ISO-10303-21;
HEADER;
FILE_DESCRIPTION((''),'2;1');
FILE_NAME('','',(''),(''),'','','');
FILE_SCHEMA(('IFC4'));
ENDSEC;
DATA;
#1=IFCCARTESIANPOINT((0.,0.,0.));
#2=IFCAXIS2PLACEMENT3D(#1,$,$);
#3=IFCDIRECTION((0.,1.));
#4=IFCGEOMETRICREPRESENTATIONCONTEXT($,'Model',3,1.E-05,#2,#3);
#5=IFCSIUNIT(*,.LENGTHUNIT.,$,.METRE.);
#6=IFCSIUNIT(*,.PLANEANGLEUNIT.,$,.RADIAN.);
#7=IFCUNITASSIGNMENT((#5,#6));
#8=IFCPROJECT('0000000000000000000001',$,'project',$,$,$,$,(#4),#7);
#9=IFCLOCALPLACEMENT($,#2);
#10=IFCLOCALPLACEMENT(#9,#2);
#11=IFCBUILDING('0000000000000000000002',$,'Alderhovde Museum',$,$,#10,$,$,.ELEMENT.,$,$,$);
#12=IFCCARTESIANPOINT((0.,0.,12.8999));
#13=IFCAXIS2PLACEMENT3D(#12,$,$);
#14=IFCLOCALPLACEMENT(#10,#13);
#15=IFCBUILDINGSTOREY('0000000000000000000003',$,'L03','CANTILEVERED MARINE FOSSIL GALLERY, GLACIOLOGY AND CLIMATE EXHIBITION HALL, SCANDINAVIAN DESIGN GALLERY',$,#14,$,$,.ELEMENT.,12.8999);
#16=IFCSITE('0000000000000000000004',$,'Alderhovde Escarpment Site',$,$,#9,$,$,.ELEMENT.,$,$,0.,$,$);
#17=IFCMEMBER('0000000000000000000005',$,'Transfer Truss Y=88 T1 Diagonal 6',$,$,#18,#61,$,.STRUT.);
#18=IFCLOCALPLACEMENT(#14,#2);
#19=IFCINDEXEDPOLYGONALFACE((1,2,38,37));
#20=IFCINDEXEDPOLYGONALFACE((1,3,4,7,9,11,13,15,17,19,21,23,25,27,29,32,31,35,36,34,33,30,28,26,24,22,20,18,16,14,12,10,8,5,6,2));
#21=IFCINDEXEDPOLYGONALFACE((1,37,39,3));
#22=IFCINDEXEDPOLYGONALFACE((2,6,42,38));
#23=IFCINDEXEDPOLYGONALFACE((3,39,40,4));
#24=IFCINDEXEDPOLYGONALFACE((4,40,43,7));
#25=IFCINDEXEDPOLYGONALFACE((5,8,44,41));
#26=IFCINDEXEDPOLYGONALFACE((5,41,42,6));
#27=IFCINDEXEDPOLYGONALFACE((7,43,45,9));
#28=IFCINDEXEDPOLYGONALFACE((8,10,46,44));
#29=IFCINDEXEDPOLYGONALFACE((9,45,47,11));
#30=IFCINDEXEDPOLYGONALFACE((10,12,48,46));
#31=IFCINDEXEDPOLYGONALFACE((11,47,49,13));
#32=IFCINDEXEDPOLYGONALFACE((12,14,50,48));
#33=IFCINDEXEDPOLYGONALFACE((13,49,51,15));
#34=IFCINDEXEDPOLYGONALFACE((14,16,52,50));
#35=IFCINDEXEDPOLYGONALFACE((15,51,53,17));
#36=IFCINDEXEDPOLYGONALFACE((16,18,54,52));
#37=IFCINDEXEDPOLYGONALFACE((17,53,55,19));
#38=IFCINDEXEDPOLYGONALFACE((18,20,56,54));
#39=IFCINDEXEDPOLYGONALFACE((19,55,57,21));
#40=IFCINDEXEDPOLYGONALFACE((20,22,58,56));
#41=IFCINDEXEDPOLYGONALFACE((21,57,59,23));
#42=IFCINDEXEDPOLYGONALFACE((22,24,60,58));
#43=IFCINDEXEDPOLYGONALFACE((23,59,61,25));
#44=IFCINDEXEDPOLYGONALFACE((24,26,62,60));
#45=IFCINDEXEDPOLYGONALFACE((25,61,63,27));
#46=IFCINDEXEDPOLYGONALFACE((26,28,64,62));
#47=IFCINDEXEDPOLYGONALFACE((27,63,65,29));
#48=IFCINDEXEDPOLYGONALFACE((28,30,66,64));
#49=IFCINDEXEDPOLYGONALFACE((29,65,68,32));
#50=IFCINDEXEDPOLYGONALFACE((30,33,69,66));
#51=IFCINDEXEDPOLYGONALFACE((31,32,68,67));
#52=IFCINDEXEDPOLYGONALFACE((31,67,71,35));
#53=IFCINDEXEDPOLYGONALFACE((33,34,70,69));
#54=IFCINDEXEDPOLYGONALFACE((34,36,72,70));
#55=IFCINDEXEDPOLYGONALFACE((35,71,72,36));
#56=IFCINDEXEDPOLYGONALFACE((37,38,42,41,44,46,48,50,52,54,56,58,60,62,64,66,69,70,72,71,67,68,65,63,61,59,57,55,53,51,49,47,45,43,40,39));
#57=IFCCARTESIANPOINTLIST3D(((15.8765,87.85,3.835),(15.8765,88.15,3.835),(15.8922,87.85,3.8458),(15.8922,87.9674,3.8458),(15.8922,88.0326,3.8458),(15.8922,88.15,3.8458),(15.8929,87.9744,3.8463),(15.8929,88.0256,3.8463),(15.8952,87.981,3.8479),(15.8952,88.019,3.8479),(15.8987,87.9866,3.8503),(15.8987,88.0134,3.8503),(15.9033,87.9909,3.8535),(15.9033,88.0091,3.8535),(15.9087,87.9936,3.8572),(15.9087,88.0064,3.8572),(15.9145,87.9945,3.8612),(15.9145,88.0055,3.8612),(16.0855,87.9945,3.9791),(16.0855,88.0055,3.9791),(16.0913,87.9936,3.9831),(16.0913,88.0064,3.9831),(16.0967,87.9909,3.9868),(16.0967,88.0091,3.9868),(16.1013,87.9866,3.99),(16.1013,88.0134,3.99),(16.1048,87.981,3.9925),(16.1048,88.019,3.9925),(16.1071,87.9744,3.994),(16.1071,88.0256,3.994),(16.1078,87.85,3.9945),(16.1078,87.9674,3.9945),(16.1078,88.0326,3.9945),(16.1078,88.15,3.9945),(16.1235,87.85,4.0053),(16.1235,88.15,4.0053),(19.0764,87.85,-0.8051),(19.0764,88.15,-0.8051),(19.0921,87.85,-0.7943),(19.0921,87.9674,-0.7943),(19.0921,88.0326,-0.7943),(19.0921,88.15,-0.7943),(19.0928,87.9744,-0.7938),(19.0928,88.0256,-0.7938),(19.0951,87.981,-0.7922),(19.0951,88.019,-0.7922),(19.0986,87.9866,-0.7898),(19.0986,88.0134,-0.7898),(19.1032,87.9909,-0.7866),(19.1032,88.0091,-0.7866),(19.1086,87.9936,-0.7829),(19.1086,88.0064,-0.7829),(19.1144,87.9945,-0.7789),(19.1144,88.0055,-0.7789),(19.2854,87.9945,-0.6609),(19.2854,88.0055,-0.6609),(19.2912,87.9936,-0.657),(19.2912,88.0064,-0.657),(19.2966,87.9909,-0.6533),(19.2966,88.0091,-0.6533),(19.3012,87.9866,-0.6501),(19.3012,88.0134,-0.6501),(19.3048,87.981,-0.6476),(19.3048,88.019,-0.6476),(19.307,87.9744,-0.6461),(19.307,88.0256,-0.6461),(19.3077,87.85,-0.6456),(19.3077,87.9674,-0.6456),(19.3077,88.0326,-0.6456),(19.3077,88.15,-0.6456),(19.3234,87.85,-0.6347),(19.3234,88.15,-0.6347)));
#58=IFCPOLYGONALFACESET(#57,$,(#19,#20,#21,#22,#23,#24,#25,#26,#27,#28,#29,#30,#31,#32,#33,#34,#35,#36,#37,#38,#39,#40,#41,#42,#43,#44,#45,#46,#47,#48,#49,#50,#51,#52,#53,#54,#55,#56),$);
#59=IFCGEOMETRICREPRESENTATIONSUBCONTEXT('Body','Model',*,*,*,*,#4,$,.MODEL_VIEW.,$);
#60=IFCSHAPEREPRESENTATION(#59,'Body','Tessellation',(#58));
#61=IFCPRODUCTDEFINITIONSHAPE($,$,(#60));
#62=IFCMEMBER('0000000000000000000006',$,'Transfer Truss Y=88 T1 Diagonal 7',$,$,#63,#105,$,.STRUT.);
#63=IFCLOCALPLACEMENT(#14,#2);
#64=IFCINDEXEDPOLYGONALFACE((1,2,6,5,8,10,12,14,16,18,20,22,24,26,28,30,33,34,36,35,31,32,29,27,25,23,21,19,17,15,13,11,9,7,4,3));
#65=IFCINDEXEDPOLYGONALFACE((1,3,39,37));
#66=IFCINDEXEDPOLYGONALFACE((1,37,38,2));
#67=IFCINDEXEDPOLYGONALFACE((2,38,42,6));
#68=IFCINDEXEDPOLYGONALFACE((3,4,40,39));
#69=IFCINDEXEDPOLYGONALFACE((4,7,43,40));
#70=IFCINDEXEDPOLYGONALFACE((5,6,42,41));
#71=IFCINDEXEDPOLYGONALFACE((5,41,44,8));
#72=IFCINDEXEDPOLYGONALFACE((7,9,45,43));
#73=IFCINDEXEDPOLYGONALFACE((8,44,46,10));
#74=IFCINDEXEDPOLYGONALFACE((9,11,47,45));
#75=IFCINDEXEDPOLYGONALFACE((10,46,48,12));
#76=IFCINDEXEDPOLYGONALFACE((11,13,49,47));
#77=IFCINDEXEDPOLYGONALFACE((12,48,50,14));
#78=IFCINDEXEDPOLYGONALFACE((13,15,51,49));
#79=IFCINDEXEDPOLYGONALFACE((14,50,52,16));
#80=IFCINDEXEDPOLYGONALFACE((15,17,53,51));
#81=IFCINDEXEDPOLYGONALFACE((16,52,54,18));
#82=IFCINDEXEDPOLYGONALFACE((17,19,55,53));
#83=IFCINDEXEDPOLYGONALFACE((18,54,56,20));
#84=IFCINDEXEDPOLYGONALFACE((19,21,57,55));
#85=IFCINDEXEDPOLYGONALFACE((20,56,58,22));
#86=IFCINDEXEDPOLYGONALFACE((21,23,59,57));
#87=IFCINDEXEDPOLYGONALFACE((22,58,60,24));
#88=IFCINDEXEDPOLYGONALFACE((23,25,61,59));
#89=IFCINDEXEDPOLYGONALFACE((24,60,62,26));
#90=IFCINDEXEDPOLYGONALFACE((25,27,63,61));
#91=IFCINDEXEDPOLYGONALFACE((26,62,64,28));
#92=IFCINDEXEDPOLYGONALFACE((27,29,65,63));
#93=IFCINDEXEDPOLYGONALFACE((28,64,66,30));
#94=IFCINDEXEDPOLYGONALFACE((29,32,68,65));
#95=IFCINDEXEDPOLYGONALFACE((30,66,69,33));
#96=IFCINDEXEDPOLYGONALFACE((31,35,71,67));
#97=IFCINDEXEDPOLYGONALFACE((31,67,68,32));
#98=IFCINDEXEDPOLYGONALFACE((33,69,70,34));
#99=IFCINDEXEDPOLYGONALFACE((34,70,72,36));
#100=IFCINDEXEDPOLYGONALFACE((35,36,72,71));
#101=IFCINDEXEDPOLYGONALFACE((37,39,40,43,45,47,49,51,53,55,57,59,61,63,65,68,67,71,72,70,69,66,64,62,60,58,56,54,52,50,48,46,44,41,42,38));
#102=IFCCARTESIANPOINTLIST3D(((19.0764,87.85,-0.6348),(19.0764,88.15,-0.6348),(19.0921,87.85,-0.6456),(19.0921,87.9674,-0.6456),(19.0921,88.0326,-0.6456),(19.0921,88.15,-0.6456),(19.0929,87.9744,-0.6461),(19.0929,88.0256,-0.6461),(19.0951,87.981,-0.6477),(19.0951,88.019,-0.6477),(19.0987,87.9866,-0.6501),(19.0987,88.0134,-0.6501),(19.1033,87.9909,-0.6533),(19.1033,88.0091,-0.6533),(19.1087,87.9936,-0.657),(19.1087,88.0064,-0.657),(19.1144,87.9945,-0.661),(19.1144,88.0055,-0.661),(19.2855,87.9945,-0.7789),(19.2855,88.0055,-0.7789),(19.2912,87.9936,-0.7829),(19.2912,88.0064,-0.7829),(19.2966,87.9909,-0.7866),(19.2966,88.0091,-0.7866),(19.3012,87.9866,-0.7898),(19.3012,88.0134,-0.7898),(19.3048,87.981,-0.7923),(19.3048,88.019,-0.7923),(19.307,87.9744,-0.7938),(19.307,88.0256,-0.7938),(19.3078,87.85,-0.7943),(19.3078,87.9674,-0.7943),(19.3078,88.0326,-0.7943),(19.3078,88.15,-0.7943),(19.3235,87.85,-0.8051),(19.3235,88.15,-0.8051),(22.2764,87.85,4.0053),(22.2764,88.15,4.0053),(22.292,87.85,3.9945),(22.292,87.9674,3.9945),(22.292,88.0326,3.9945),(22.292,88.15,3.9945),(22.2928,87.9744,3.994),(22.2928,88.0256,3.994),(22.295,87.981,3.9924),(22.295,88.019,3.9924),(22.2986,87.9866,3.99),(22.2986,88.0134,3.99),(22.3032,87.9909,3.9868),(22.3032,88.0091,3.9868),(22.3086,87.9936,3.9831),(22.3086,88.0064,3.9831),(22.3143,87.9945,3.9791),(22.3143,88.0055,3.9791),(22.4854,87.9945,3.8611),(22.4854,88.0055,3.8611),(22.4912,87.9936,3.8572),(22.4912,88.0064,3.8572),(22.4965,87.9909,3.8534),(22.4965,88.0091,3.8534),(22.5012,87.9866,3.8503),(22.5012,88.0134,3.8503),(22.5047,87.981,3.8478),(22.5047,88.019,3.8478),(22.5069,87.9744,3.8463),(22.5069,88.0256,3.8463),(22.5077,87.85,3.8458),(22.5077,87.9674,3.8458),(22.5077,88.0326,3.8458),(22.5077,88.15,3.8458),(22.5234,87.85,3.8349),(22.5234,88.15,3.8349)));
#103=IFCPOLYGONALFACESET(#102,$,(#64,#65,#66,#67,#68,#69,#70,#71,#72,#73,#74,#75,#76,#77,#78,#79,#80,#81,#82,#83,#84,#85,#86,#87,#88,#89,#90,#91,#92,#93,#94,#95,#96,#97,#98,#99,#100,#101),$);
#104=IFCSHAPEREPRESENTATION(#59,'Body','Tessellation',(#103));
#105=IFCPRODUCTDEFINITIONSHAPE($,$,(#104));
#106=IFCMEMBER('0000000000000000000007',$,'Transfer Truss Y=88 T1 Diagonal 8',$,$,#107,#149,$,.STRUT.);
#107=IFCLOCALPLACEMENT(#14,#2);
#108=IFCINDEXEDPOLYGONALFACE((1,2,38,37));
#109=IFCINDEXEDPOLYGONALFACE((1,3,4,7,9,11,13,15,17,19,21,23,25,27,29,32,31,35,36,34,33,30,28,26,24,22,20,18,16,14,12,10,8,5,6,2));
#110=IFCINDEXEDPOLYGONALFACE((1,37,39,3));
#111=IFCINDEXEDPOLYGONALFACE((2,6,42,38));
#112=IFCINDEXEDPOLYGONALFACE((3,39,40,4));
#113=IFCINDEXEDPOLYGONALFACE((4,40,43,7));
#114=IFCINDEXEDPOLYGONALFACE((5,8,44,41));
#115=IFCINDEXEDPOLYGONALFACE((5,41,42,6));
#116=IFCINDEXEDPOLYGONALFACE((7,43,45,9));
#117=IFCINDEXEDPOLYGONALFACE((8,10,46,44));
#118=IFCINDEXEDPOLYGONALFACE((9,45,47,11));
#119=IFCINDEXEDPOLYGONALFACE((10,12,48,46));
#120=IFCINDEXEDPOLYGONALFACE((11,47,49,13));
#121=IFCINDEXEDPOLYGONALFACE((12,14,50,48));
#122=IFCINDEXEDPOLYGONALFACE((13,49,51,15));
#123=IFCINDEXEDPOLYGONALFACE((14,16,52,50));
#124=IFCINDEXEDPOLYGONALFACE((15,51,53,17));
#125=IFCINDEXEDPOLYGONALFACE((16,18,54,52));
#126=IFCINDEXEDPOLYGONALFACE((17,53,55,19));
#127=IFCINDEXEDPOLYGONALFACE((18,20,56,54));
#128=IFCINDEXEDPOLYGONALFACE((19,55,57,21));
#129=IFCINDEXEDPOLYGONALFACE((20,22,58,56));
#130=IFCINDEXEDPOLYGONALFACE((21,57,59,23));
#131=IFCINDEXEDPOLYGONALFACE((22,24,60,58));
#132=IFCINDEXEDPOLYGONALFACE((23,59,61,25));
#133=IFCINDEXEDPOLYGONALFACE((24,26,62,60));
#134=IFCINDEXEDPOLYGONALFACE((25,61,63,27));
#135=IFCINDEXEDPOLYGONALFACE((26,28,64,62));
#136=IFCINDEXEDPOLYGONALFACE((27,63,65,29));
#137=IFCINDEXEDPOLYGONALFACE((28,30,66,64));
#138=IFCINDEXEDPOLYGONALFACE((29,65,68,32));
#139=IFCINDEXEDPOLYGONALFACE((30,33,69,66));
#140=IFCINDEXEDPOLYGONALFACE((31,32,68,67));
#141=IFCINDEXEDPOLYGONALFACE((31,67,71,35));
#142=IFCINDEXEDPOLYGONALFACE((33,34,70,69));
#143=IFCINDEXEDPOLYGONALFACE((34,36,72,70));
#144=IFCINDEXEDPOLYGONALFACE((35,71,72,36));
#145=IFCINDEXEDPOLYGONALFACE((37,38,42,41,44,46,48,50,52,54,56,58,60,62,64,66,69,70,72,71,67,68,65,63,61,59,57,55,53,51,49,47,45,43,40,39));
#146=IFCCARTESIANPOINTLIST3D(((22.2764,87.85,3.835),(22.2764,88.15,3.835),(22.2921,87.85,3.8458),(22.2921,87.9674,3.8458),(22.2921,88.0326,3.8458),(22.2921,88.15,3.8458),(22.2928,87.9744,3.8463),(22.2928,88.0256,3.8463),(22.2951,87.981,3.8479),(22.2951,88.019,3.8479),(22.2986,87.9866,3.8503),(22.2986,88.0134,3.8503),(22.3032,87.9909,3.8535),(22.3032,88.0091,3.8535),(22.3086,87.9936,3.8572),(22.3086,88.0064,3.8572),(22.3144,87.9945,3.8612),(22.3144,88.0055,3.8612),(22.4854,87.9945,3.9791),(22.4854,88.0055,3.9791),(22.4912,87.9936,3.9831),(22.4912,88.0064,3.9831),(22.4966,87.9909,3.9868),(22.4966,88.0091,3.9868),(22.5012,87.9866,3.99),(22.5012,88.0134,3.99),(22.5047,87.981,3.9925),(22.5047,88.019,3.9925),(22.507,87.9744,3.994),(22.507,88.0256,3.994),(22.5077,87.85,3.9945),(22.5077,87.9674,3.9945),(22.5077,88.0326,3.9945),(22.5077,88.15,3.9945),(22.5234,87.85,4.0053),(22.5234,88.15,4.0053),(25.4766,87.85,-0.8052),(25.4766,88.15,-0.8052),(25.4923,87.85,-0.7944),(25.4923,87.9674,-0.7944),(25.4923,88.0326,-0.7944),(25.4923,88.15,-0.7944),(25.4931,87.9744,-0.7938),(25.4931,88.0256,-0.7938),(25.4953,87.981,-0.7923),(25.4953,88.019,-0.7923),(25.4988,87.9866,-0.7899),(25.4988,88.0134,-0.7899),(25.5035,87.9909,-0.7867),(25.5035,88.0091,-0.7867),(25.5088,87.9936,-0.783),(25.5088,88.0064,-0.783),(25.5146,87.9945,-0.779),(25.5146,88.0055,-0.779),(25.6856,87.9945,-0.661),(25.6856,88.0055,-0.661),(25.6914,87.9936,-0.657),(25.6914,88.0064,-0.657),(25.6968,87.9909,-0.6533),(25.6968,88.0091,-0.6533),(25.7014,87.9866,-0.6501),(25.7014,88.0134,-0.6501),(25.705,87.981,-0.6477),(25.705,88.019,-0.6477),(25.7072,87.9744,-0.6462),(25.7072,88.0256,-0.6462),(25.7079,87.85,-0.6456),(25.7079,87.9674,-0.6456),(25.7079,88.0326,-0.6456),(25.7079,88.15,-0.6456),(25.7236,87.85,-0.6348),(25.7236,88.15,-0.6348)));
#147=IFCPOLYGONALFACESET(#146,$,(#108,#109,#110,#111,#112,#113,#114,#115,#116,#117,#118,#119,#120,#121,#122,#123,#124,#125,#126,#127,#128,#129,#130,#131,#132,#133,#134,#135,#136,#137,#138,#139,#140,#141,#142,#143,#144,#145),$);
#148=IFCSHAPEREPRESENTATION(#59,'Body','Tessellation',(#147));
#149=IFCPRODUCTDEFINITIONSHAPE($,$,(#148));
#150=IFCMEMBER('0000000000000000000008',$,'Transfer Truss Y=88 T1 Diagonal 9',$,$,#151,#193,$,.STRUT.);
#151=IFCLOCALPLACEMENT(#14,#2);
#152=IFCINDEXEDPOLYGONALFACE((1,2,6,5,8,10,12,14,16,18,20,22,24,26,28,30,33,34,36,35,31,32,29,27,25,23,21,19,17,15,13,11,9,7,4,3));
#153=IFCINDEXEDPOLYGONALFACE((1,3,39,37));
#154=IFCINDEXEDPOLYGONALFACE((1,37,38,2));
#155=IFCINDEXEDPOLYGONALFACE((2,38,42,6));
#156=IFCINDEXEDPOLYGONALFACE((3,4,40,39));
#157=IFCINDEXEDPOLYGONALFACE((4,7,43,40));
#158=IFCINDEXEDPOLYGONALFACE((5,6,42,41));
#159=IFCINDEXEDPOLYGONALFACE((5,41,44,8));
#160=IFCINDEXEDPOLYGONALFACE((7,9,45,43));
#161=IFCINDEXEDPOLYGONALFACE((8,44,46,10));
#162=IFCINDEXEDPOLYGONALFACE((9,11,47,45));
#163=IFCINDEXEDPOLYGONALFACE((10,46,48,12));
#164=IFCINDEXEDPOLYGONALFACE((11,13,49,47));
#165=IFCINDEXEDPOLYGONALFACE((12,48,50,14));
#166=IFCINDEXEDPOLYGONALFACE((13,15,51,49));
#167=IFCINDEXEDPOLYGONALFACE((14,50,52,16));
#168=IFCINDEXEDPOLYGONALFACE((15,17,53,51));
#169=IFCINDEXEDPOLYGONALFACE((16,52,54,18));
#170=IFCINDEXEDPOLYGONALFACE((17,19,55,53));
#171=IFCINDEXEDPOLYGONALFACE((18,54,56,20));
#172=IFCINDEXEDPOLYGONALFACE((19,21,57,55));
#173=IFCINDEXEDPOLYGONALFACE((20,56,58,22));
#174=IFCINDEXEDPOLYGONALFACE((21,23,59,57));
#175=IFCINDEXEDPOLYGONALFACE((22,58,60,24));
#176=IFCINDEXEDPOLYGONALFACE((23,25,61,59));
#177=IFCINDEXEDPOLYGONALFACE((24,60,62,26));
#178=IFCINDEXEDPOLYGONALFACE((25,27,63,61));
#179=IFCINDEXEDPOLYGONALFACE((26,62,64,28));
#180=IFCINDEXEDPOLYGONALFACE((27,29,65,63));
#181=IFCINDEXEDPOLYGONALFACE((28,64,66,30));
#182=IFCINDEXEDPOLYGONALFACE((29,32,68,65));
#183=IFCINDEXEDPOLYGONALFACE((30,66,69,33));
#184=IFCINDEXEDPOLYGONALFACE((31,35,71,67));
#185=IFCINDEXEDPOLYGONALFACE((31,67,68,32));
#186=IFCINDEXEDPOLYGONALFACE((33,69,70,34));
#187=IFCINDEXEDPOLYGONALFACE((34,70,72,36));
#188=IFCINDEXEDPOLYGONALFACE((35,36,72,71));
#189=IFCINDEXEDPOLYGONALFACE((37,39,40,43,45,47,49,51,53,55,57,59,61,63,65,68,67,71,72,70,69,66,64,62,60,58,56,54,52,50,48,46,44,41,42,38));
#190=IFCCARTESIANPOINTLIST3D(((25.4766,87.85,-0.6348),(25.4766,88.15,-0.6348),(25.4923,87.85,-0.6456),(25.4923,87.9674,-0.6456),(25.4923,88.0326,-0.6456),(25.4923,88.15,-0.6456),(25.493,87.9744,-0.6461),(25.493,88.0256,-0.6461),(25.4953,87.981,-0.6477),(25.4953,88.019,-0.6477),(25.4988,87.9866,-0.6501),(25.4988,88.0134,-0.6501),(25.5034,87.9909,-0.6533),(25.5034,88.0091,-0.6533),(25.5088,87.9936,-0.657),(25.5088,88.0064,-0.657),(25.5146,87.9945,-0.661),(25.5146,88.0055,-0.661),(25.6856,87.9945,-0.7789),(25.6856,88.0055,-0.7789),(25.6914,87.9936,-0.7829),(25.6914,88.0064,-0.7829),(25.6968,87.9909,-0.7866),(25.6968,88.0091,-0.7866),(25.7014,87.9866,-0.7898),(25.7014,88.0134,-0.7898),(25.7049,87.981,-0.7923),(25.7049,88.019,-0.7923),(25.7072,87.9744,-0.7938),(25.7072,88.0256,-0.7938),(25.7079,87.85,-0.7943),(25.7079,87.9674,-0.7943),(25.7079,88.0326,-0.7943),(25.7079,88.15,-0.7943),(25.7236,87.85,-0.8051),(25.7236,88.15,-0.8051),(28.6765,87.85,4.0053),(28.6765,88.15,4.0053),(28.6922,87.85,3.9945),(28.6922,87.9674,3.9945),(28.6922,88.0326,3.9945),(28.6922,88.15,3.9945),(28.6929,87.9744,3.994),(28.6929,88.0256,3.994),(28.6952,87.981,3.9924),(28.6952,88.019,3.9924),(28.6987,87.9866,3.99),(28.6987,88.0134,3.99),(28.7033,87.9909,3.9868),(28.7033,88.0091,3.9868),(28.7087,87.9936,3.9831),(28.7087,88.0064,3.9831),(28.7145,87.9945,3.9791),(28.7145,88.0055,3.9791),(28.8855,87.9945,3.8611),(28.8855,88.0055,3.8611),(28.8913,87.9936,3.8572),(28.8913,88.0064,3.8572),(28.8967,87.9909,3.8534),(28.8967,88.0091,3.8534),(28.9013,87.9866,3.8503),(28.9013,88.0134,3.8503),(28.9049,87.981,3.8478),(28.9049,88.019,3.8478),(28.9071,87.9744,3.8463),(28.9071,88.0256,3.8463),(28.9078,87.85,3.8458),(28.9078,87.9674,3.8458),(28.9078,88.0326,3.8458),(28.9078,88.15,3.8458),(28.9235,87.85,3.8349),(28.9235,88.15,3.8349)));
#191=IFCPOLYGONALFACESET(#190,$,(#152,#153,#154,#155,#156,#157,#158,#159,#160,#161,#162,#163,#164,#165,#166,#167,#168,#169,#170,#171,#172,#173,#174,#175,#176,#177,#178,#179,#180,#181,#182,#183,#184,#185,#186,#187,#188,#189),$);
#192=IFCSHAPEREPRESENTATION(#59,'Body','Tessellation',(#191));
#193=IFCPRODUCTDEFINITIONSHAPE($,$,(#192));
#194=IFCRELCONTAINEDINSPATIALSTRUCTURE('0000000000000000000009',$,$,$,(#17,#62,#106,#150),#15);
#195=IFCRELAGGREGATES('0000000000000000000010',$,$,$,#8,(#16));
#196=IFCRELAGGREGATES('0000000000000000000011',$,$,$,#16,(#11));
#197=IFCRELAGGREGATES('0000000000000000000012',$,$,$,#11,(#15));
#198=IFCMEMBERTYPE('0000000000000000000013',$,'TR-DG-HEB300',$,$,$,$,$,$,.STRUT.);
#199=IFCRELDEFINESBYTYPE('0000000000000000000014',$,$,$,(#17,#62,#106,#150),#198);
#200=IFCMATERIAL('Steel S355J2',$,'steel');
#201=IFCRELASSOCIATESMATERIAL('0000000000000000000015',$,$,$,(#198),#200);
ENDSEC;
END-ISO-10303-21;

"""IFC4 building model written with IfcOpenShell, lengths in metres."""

from ifc_helpers import new_model, si_unit, direction, frame, origin, origin_2d, place, context, subcontext, project, spatial, i_section, extrude, material, material_profile, profile_set, type_object, element, save


model = new_model("IFC4")

# Units and contexts
model_context = context("Model", 3, precision=1e-05, world=origin(), true_north=direction((0.0, 1.0)))
body_context = subcontext(model_context, "Body", "Model", "MODEL_VIEW")
ifc_project = project(units=[si_unit("LENGTHUNIT", "METRE"), si_unit("PLANEANGLEUNIT", "RADIAN")], contexts=[model_context])

# Site, building, storey
site_placement = place(None, origin())
site = spatial("IfcSite", under=ifc_project, at=site_placement, Name="Alderhovde Escarpment Site", CompositionType="ELEMENT", RefElevation=0.0)
building_placement = place(site_placement, origin())
building = spatial("IfcBuilding", under=site, at=building_placement, Name="Alderhovde Museum", CompositionType="ELEMENT")
storey_placement = place(building_placement, frame((0.0, 0.0, 12.8999)))
storey = spatial("IfcBuildingStorey", under=building, at=storey_placement, Name="L03", Description="CANTILEVERED MARINE FOSSIL GALLERY, GLACIOLOGY AND CLIMATE EXHIBITION HALL, SCANDINAVIAN DESIGN GALLERY", CompositionType="ELEMENT", Elevation=12.8999)

# Members
ifc_material_1 = material(Name="Steel S355J2", Category="steel")
ifc_material_profile_1 = material_profile(ifc_material_1, i_section(OverallWidth=0.3, OverallDepth=0.3, WebThickness=0.011, FlangeThickness=0.019, FilletRadius=0.0271, at=origin_2d()), Name="HEB 300")
ifc_profile_set_1 = profile_set([ifc_material_profile_1], Name="Steel S355J2")
member_type_1 = type_object("IfcMemberType", Name="TR-DG-HEB300", PredefinedType="STRUT", material=ifc_profile_set_1)
for number, where, z_axis, x_axis, name in (
    (1, (16.0, 88.0, 3.9202), (0.567716, 0.0, -0.823225), (0.0, 1.0, 0.0), "Transfer Truss Y=88 T1 Diagonal 6"),
    (2, (19.2, 88.0, -0.72), (0.567716, 0.0, 0.823225), (0.0, 1.0, 0.0), "Transfer Truss Y=88 T1 Diagonal 7"),
):
    element("IfcMember", number, at=place(storey_placement, frame(where, z_axis=z_axis, x_axis=x_axis)), inside=storey, type_object=member_type_1, Name=name, PredefinedType="STRUT", context=body_context, shape_type="SweptSolid", body=[
        extrude(i_section(OverallWidth=0.3, OverallDepth=0.3, WebThickness=0.011, FlangeThickness=0.019, FilletRadius=0.0271, at=origin_2d()), origin(), (0.0, 0.0, 1.0), 5.6365),
    ])
member_placement = place(storey_placement, frame((22.3999, 88.0, 3.9202), z_axis=(0.567745, 0.0, -0.823204), x_axis=(0.0, 1.0, 0.0)))
element("IfcMember", 3, at=member_placement, inside=storey, type_object=member_type_1, Name="Transfer Truss Y=88 T1 Diagonal 8", PredefinedType="STRUT", context=body_context, shape_type="SweptSolid", body=[
    extrude(i_section(OverallWidth=0.3, OverallDepth=0.3, WebThickness=0.011, FlangeThickness=0.019, FilletRadius=0.0271, at=origin_2d()), origin(), (0.0, 0.0, 1.0), 5.6367),
])
for number, where, z_axis, x_axis, name in (
    (4, (25.6001, 88.0, -0.72), (0.567716, 0.0, 0.823225), (0.0, 1.0, 0.0), "Transfer Truss Y=88 T1 Diagonal 9"),
):
    element("IfcMember", number, at=place(storey_placement, frame(where, z_axis=z_axis, x_axis=x_axis)), inside=storey, type_object=member_type_1, Name=name, PredefinedType="STRUT", context=body_context, shape_type="SweptSolid", body=[
        extrude(i_section(OverallWidth=0.3, OverallDepth=0.3, WebThickness=0.011, FlangeThickness=0.019, FilletRadius=0.0271, at=origin_2d()), origin(), (0.0, 0.0, 1.0), 5.6365),
    ])

save(model, "model.ifc")
